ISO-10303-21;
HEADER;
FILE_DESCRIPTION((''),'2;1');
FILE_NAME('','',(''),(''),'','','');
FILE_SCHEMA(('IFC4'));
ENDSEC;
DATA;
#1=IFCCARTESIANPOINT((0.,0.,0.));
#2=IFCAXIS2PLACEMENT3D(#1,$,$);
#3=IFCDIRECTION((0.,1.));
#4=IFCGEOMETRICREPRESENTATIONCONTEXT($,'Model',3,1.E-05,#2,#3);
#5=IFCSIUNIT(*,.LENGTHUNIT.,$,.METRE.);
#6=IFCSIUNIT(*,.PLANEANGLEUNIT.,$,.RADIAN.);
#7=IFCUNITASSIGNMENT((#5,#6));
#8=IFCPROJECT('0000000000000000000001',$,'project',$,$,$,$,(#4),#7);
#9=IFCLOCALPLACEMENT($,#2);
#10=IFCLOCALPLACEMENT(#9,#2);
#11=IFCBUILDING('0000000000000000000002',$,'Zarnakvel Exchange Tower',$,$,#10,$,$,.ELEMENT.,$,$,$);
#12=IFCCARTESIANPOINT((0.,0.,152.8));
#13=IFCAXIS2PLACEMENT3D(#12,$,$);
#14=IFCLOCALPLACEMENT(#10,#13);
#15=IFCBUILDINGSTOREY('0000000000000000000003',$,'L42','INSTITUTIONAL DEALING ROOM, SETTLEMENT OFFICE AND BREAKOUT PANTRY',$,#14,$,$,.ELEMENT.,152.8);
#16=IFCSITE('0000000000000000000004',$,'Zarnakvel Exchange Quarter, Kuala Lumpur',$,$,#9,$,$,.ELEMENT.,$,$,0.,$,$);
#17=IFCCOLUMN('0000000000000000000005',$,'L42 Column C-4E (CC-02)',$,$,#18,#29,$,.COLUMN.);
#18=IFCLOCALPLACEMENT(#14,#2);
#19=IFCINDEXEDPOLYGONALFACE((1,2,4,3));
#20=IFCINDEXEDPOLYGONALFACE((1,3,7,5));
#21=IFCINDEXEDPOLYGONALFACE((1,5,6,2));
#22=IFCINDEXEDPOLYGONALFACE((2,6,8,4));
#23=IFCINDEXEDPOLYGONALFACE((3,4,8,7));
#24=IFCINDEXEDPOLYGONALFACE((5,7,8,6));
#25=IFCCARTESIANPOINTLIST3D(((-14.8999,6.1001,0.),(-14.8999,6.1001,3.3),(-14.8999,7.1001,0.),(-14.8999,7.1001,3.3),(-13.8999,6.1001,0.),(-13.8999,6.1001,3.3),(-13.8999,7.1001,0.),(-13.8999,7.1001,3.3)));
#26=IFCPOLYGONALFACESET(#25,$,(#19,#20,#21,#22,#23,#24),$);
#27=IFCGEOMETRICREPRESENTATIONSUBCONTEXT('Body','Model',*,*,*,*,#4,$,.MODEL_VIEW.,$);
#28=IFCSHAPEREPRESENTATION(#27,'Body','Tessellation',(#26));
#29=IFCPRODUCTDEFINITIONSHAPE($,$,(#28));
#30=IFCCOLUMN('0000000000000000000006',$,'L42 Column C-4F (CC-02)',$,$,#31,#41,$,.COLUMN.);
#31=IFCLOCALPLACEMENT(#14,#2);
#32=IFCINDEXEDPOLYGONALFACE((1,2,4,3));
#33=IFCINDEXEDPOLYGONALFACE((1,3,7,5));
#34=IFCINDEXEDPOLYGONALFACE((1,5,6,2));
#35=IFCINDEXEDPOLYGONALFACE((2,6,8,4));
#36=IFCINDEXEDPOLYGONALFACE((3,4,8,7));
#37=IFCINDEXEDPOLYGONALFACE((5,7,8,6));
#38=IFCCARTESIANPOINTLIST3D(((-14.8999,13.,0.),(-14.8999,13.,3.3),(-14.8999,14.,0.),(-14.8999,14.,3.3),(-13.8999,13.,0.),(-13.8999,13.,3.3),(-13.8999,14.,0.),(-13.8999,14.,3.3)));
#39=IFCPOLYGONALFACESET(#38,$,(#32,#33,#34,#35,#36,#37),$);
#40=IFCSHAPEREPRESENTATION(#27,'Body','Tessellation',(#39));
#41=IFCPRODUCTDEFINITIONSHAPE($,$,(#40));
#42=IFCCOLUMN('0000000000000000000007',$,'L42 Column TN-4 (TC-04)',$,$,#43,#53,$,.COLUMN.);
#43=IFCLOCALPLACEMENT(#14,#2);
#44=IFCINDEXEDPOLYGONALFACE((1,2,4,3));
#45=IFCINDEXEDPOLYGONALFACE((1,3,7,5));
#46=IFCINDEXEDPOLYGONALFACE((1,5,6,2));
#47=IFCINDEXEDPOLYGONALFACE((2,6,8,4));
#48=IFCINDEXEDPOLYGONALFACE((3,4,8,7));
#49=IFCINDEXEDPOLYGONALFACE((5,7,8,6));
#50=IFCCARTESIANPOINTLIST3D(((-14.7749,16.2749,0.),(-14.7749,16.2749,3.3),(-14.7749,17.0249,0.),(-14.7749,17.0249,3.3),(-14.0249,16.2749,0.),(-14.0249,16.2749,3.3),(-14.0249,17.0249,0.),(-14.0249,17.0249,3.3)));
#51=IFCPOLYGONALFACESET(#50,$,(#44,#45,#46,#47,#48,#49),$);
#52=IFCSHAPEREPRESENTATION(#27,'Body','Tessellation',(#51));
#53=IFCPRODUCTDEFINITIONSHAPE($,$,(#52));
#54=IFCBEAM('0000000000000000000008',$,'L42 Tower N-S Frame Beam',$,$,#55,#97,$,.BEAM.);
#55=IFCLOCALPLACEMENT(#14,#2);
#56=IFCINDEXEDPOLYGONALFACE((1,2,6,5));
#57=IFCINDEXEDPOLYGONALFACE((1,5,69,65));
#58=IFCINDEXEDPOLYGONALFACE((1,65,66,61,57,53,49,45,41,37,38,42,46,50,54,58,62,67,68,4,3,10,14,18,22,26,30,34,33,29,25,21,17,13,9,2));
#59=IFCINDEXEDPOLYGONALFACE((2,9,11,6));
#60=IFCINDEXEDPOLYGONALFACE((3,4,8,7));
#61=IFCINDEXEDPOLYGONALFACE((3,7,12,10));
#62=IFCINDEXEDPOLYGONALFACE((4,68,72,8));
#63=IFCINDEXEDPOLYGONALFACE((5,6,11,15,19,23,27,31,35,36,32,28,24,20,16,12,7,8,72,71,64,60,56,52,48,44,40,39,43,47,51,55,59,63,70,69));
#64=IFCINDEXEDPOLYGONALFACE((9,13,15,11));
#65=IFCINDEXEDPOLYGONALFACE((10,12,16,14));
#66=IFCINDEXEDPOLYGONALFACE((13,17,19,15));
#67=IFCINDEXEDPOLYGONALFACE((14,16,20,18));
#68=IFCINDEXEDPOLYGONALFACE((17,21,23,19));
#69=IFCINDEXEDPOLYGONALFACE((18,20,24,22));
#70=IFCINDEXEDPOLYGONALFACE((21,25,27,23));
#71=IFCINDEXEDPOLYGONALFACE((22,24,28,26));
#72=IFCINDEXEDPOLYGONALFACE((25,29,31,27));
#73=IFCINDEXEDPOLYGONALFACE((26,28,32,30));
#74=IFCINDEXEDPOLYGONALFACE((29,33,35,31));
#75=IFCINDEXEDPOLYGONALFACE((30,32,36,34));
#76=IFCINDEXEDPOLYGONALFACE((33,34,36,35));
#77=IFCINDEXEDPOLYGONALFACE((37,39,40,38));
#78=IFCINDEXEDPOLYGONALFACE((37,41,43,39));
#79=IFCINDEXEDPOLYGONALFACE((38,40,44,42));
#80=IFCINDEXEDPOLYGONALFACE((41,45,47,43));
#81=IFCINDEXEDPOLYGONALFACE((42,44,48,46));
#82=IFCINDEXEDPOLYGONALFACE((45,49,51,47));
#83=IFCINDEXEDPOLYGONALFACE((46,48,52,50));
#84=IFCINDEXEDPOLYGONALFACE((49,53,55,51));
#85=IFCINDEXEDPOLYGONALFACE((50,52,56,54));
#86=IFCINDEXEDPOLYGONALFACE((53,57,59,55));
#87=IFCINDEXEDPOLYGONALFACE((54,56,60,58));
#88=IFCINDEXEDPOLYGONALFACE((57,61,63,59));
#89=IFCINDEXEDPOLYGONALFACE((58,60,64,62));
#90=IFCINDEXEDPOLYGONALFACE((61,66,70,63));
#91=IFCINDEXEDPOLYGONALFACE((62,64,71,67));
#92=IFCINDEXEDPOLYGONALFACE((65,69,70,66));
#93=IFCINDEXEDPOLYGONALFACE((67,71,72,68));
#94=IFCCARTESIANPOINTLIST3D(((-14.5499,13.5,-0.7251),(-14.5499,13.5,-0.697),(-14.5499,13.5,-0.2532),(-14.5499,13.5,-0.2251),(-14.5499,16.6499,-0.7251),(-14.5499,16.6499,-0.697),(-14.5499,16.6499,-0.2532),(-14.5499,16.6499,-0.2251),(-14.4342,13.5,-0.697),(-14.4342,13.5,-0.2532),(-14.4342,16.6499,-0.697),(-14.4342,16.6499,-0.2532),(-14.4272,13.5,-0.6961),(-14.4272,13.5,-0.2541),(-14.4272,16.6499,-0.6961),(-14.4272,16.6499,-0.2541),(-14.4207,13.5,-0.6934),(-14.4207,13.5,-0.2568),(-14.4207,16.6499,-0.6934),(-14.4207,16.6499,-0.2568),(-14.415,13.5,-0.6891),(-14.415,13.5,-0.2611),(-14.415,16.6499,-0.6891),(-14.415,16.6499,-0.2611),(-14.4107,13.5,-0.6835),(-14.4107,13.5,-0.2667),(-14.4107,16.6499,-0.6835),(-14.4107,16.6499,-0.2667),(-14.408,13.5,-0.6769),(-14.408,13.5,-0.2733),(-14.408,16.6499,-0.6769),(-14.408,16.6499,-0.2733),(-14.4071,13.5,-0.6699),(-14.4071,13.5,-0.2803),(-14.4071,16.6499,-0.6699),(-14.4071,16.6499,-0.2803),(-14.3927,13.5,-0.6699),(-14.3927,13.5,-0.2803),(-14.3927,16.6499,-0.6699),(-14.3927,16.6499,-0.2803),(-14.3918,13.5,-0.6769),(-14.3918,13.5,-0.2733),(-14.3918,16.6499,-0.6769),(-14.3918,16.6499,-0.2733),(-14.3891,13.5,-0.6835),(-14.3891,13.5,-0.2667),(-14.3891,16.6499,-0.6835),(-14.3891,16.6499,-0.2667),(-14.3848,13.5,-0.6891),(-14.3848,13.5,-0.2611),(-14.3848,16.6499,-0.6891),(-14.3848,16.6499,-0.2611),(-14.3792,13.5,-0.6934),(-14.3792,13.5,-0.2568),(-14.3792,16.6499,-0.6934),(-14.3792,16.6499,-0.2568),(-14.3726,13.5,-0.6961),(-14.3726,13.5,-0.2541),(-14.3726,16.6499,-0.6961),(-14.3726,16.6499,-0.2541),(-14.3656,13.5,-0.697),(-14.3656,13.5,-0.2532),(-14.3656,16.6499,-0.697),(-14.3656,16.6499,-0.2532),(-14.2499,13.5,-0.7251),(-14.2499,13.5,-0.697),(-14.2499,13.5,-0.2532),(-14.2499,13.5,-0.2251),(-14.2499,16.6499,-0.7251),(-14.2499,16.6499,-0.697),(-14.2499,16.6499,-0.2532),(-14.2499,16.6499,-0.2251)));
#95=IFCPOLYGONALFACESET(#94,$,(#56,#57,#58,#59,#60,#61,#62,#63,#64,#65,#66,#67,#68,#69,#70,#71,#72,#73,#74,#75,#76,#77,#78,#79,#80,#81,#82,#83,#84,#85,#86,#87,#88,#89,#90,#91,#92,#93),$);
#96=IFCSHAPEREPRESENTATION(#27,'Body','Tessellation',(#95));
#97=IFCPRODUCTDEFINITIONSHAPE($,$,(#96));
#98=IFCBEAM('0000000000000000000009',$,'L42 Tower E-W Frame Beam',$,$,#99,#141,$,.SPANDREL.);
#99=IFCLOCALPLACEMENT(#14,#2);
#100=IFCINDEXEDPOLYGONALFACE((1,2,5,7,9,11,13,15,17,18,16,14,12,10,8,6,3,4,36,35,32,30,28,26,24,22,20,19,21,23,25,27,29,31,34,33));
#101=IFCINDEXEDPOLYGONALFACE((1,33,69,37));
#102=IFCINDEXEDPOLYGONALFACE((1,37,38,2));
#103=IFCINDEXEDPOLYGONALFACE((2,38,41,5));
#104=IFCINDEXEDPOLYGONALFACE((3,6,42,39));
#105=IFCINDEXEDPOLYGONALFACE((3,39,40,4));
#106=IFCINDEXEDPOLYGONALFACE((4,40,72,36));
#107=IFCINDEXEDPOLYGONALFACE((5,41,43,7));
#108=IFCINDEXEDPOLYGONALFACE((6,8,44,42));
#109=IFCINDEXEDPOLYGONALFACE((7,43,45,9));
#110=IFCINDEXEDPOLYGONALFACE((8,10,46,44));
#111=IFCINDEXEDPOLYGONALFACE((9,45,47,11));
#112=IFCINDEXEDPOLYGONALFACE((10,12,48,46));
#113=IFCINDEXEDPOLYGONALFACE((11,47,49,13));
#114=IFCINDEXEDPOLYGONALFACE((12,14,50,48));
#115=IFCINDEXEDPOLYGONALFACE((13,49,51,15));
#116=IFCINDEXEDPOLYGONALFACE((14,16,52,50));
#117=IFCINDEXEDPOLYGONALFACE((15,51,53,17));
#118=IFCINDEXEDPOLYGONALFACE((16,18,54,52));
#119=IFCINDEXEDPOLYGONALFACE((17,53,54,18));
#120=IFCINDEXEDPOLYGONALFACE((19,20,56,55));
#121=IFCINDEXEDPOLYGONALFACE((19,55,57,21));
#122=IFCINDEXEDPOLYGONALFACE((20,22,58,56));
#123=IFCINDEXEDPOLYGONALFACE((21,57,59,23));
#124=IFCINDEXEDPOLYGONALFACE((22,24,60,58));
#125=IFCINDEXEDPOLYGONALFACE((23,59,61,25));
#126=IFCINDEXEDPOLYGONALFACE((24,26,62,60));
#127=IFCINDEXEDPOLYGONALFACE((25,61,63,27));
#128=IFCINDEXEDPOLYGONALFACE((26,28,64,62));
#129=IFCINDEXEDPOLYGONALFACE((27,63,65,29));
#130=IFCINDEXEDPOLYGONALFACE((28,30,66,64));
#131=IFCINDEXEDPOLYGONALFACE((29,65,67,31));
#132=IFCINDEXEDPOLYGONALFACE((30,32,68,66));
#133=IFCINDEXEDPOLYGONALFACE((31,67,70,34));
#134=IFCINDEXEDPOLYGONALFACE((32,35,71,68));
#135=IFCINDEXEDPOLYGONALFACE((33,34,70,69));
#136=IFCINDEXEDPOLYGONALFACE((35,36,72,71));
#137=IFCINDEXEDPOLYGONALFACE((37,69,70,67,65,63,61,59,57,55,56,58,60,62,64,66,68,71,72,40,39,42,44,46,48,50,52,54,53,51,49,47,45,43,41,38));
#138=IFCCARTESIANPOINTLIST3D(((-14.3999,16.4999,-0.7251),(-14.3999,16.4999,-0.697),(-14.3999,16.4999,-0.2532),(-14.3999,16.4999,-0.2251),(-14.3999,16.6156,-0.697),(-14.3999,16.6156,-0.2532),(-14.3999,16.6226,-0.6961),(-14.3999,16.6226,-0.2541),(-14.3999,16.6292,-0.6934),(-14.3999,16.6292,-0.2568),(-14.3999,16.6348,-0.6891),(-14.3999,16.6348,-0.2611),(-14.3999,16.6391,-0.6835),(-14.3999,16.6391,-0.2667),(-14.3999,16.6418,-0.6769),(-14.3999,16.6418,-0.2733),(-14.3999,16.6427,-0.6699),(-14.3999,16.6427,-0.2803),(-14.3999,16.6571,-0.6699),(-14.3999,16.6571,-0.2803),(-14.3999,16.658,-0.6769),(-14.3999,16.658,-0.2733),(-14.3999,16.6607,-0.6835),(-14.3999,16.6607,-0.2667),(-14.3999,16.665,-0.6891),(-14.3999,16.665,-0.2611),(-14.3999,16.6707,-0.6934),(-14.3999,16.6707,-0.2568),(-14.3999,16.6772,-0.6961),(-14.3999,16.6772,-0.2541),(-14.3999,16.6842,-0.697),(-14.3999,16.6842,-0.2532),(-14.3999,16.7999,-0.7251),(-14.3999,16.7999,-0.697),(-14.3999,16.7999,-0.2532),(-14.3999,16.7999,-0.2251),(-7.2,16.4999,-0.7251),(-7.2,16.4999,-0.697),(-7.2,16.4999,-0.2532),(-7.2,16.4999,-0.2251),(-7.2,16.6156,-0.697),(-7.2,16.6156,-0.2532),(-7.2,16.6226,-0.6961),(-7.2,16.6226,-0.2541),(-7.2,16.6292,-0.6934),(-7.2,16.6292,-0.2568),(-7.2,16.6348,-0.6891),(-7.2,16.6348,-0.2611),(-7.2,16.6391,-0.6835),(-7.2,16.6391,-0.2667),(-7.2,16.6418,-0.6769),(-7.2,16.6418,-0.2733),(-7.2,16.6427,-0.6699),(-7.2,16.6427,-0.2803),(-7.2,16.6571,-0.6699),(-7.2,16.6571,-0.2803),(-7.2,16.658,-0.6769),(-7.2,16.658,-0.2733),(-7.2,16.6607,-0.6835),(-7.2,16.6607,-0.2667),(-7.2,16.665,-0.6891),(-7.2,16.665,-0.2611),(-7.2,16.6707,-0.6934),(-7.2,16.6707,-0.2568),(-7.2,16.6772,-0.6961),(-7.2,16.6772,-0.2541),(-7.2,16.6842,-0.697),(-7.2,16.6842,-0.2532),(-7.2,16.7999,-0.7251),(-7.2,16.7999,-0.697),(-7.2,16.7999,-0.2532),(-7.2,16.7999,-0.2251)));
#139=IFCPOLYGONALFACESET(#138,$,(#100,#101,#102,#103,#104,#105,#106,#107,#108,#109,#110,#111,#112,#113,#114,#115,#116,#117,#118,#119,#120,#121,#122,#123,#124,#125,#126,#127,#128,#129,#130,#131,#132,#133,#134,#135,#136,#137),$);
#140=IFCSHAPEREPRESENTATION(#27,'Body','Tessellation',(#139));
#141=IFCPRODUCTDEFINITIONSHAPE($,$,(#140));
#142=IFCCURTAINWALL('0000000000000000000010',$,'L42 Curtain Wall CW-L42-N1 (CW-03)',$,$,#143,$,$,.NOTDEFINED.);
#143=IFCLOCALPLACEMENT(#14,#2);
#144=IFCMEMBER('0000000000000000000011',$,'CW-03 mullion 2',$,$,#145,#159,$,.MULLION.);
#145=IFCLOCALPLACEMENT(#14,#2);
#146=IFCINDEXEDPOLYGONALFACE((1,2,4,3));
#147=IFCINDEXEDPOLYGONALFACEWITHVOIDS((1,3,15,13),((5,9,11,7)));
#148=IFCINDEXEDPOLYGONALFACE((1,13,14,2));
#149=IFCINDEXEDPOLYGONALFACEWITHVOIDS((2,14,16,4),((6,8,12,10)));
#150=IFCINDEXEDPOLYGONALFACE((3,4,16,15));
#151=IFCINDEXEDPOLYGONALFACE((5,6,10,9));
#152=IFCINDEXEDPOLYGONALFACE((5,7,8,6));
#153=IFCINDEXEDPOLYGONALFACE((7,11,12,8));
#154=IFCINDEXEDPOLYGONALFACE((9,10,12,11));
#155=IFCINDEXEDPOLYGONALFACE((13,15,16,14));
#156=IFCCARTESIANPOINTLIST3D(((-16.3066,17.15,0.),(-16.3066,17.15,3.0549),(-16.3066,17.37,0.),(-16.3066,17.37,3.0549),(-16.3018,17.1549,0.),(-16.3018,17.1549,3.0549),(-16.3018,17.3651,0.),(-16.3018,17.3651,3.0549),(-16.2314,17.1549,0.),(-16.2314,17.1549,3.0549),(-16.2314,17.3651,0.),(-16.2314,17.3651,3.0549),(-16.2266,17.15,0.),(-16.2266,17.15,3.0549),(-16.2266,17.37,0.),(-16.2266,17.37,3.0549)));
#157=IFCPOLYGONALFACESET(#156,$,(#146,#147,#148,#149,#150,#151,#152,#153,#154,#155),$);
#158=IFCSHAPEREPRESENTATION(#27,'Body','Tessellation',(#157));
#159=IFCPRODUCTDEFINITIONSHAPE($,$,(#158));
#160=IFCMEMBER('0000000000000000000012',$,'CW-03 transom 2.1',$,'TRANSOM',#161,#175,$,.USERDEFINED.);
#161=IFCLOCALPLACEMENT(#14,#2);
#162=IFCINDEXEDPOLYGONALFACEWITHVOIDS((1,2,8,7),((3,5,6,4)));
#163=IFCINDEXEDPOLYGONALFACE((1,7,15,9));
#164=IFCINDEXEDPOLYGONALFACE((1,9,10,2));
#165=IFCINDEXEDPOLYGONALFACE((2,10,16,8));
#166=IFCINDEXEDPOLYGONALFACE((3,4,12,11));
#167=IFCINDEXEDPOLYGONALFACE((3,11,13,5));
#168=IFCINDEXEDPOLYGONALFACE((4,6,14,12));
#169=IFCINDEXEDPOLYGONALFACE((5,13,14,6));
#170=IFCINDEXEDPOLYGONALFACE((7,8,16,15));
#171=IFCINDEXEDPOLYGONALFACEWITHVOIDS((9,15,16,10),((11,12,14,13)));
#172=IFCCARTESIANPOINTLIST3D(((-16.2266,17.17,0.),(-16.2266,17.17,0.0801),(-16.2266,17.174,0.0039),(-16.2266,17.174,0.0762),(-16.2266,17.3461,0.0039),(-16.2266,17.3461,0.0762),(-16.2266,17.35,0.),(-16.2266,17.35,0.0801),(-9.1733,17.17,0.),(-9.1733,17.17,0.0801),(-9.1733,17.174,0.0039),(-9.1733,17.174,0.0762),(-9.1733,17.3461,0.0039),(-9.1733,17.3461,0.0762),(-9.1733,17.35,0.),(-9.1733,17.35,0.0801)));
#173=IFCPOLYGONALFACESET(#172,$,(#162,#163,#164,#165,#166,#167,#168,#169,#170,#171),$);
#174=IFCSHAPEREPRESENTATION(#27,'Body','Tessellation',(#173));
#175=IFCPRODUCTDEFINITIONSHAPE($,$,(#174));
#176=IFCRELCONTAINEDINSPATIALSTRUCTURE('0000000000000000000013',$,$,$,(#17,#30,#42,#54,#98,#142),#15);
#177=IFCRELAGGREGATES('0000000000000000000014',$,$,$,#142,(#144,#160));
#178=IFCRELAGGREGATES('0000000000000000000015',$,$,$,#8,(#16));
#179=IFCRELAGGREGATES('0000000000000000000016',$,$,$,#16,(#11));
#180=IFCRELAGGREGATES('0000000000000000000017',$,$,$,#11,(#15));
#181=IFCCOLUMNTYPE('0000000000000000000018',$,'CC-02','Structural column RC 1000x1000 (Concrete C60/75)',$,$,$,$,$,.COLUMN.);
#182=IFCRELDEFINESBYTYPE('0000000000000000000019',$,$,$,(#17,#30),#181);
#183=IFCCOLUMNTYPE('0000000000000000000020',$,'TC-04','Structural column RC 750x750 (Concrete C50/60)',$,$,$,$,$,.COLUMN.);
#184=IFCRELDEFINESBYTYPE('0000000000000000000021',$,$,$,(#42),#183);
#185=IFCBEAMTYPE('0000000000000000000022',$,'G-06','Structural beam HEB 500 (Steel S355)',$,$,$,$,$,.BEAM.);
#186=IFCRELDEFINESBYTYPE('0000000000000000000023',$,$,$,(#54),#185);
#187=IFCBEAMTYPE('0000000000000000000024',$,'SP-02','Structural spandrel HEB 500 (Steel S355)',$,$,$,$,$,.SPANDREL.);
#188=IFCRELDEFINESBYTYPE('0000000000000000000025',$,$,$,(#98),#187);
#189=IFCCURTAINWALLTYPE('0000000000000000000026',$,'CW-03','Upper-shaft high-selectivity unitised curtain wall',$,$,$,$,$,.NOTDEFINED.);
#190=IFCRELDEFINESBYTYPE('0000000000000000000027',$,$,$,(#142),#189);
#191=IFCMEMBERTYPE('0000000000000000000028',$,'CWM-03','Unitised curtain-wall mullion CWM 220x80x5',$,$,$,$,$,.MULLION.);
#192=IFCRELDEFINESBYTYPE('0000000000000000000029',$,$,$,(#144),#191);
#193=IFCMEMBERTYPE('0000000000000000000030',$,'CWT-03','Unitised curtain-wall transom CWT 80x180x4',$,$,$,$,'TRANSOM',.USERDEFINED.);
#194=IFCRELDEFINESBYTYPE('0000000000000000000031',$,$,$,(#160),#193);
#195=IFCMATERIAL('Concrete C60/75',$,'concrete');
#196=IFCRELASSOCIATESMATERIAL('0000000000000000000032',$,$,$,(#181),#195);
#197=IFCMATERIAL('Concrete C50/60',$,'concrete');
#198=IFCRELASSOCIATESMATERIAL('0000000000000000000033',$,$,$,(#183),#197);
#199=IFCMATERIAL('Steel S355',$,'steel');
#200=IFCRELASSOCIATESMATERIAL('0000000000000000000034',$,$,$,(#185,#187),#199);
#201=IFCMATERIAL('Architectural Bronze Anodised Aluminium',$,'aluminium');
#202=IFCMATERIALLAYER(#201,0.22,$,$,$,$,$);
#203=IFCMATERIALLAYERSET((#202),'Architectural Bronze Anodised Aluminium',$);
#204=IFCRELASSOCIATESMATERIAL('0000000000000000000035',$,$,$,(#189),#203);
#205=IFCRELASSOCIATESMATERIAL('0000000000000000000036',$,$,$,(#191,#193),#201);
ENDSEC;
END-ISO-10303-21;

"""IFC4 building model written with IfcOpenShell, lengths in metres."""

from ifc_helpers import new_model, si_unit, direction, frame, origin, origin_2d, place, context, subcontext, project, spatial, rectangle, hollow_rectangle, i_section, extrude, source, transform, mapped, material, layer, layer_set, material_profile, profile_set, type_object, element, aggregate, save


model = new_model("IFC4")

# Units and contexts
model_context = context("Model", 3, precision=1e-05, world=origin(), true_north=direction((0.0, 1.0)))
body_context = subcontext(model_context, "Body", "Model", "MODEL_VIEW")
ifc_project = project(units=[si_unit("LENGTHUNIT", "METRE"), si_unit("PLANEANGLEUNIT", "RADIAN")], contexts=[model_context])

# Site, building, storey
site_placement = place(None, origin())
site = spatial("IfcSite", under=ifc_project, at=site_placement, Name="Zarnakvel Exchange Quarter, Kuala Lumpur", CompositionType="ELEMENT", RefElevation=0.0)
building_placement = place(site_placement, origin())
building = spatial("IfcBuilding", under=site, at=building_placement, Name="Zarnakvel Exchange Tower", CompositionType="ELEMENT")
storey_placement = place(building_placement, frame((0.0, 0.0, 152.8)))
storey = spatial("IfcBuildingStorey", under=building, at=storey_placement, Name="L42", Description="INSTITUTIONAL DEALING ROOM, SETTLEMENT OFFICE AND BREAKOUT PANTRY", CompositionType="ELEMENT", Elevation=152.8)

# Columns
ifc_material_1 = material(Name="Concrete C60/75", Category="concrete")
ifc_material_profile_1 = material_profile(ifc_material_1, rectangle(XDim=1.0, YDim=1.0, at=origin_2d()))
ifc_profile_set_1 = profile_set([ifc_material_profile_1], Name="Concrete C60/75")
column_type_1 = type_object("IfcColumnType", Name="CC-02", Description="Structural column RC 1000x1000 (Concrete C60/75)", PredefinedType="COLUMN", material=ifc_profile_set_1)
for number, where, z_axis, x_axis, name in (
    (1, (-14.3999, 6.6001, 0.0), (0.0, 0.0, 1.0), (1.0, 0.0, 0.0), "L42 Column C-4E (CC-02)"),
    (2, (-14.3999, 13.5, 0.0), (0.0, 0.0, 1.0), (1.0, 0.0, 0.0), "L42 Column C-4F (CC-02)"),
):
    element("IfcColumn", number, at=place(storey_placement, frame(where, z_axis=z_axis, x_axis=x_axis)), inside=storey, type_object=column_type_1, Name=name, PredefinedType="COLUMN", context=body_context, shape_type="SweptSolid", body=[
        extrude(rectangle(XDim=1.0, YDim=1.0, at=origin_2d()), origin(), (0.0, 0.0, 1.0), 3.3),
    ])
ifc_material_2 = material(Name="Concrete C50/60", Category="concrete")
ifc_material_profile_2 = material_profile(ifc_material_2, rectangle(XDim=0.75, YDim=0.75, at=origin_2d()))
ifc_profile_set_2 = profile_set([ifc_material_profile_2], Name="Concrete C50/60")
column_type_2 = type_object("IfcColumnType", Name="TC-04", Description="Structural column RC 750x750 (Concrete C50/60)", PredefinedType="COLUMN", material=ifc_profile_set_2)
column_placement = place(storey_placement, frame((-14.3999, 16.6499, 0.0), z_axis=(0.0, 0.0, 1.0), x_axis=(1.0, 0.0, 0.0)))
element("IfcColumn", 3, at=column_placement, inside=storey, type_object=column_type_2, Name="L42 Column TN-4 (TC-04)", PredefinedType="COLUMN", context=body_context, shape_type="SweptSolid", body=[
    extrude(rectangle(XDim=0.75, YDim=0.75, at=origin_2d()), origin(), (0.0, 0.0, 1.0), 3.3),
])

# Beams
ifc_material_3 = material(Name="Steel S355", Category="steel")
ifc_material_profile_3 = material_profile(ifc_material_3, i_section(OverallWidth=0.3, OverallDepth=0.5, WebThickness=0.0144, FlangeThickness=0.0281, FilletRadius=0.0271, at=origin_2d()))
ifc_profile_set_3 = profile_set([ifc_material_profile_3], Name="Steel S355")
beam_type_1 = type_object("IfcBeamType", Name="G-06", Description="Structural beam HEB 500 (Steel S355)", PredefinedType="BEAM", material=ifc_profile_set_3)
beam_1_placement = place(storey_placement, frame((-14.3999, 13.5, -0.4751), z_axis=(0.0, 1.0, 0.0), x_axis=(-1.0, 0.0, 0.0)))
element("IfcBeam", 4, at=beam_1_placement, inside=storey, type_object=beam_type_1, Name="L42 Tower N-S Frame Beam", PredefinedType="BEAM", context=body_context, shape_type="SweptSolid", body=[
    extrude(i_section(OverallWidth=0.3, OverallDepth=0.5, WebThickness=0.0144, FlangeThickness=0.0281, FilletRadius=0.0271, at=origin_2d()), origin(), (0.0, 0.0, 1.0), 3.1499),
])
ifc_material_profile_4 = material_profile(ifc_material_3, i_section(OverallWidth=0.3, OverallDepth=0.5, WebThickness=0.0144, FlangeThickness=0.0281, FilletRadius=0.0271, at=origin_2d()))
ifc_profile_set_4 = profile_set([ifc_material_profile_4], Name="Steel S355")
beam_type_2 = type_object("IfcBeamType", Name="SP-02", Description="Structural spandrel HEB 500 (Steel S355)", PredefinedType="SPANDREL", material=ifc_profile_set_4)
beam_2_placement = place(storey_placement, frame((-14.3999, 16.6499, -0.4751), z_axis=(1.0, 0.0, 0.0), x_axis=(0.0, 1.0, 0.0)))
element("IfcBeam", 5, at=beam_2_placement, inside=storey, type_object=beam_type_2, Name="L42 Tower E-W Frame Beam", PredefinedType="SPANDREL", context=body_context, shape_type="SweptSolid", body=[
    extrude(i_section(OverallWidth=0.3, OverallDepth=0.5, WebThickness=0.0144, FlangeThickness=0.0281, FilletRadius=0.0271, at=origin_2d()), origin(), (0.0, 0.0, 1.0), 7.2),
])

# Curtain wall, members
ifc_material_4 = material(Name="Architectural Bronze Anodised Aluminium", Category="aluminium")
ifc_layer_1 = layer(ifc_material_4, 0.22)
ifc_layer_set_1 = layer_set([ifc_layer_1], Name="Architectural Bronze Anodised Aluminium")
curtain_wall_type = type_object("IfcCurtainWallType", Name="CW-03", Description="Upper-shaft high-selectivity unitised curtain wall", PredefinedType="NOTDEFINED", material=ifc_layer_set_1)
curtain_wall_placement = place(storey_placement, origin())
curtain_wall = element("IfcCurtainWall", 6, at=curtain_wall_placement, inside=storey, type_object=curtain_wall_type, Name="L42 Curtain Wall CW-L42-N1 (CW-03)", PredefinedType="NOTDEFINED")
ifc_material_profile_5 = material_profile(ifc_material_4, hollow_rectangle(XDim=0.22, YDim=0.0801, WallThickness=0.0049, at=origin_2d()))
ifc_profile_set_5 = profile_set([ifc_material_profile_5], Name="Architectural Bronze Anodised Aluminium")
member_type_1 = type_object("IfcMemberType", Name="CWM-03", Description="Unitised curtain-wall mullion CWM 220x80x5", PredefinedType="MULLION", material=ifc_profile_set_5)
shared_shape_1 = source(origin(), body_context, "Body", "SweptSolid", [
    extrude(hollow_rectangle(XDim=0.22, YDim=0.0801, WallThickness=0.0049, at=origin_2d()), origin(), (0.0, 0.0, 1.0), 3.0549),
])
member_1_placement = place(storey_placement, frame((-16.2666, 17.26, 0.0), z_axis=(0.0, 0.0, 1.0), x_axis=(0.0, 1.0, 0.0)))
member_1 = element("IfcMember", 7, at=member_1_placement, type_object=member_type_1, Name="CW-03 mullion 2", PredefinedType="MULLION", context=body_context, shape_type="MappedRepresentation", body=[
    mapped(shared_shape_1, transform((0.0, 0.0, 0.0), x_axis=(1.0, 0.0, 0.0), y_axis=(0.0, 1.0, 0.0), z_axis=(0.0, 0.0, 1.0), scale=1.0)),
])
ifc_material_profile_6 = material_profile(ifc_material_4, hollow_rectangle(XDim=0.1799, YDim=0.0801, WallThickness=0.0039, at=origin_2d()))
ifc_profile_set_6 = profile_set([ifc_material_profile_6], Name="Architectural Bronze Anodised Aluminium")
member_type_2 = type_object("IfcMemberType", Name="CWT-03", Description="Unitised curtain-wall transom CWT 80x180x4", ElementType="TRANSOM", PredefinedType="USERDEFINED", material=ifc_profile_set_6)
shared_shape_2 = source(origin(), body_context, "Body", "SweptSolid", [
    extrude(hollow_rectangle(XDim=0.1799, YDim=0.0801, WallThickness=0.0039, at=origin_2d()), origin(), (0.0, 0.0, 1.0), 7.0532),
])
member_2_placement = place(storey_placement, frame((-16.2266, 17.26, 0.04), z_axis=(1.0, 0.0, 0.0), x_axis=(0.0, 1.0, 0.0)))
member_2 = element("IfcMember", 8, at=member_2_placement, type_object=member_type_2, Name="CW-03 transom 2.1", ObjectType="TRANSOM", PredefinedType="USERDEFINED", context=body_context, shape_type="MappedRepresentation", body=[
    mapped(shared_shape_2, transform((0.0, 0.0, 0.0), x_axis=(1.0, 0.0, 0.0), y_axis=(0.0, 1.0, 0.0), z_axis=(0.0, 0.0, 1.0), scale=1.0)),
])
aggregate(curtain_wall, [member_1, member_2])

save(model, "model.ifc")
